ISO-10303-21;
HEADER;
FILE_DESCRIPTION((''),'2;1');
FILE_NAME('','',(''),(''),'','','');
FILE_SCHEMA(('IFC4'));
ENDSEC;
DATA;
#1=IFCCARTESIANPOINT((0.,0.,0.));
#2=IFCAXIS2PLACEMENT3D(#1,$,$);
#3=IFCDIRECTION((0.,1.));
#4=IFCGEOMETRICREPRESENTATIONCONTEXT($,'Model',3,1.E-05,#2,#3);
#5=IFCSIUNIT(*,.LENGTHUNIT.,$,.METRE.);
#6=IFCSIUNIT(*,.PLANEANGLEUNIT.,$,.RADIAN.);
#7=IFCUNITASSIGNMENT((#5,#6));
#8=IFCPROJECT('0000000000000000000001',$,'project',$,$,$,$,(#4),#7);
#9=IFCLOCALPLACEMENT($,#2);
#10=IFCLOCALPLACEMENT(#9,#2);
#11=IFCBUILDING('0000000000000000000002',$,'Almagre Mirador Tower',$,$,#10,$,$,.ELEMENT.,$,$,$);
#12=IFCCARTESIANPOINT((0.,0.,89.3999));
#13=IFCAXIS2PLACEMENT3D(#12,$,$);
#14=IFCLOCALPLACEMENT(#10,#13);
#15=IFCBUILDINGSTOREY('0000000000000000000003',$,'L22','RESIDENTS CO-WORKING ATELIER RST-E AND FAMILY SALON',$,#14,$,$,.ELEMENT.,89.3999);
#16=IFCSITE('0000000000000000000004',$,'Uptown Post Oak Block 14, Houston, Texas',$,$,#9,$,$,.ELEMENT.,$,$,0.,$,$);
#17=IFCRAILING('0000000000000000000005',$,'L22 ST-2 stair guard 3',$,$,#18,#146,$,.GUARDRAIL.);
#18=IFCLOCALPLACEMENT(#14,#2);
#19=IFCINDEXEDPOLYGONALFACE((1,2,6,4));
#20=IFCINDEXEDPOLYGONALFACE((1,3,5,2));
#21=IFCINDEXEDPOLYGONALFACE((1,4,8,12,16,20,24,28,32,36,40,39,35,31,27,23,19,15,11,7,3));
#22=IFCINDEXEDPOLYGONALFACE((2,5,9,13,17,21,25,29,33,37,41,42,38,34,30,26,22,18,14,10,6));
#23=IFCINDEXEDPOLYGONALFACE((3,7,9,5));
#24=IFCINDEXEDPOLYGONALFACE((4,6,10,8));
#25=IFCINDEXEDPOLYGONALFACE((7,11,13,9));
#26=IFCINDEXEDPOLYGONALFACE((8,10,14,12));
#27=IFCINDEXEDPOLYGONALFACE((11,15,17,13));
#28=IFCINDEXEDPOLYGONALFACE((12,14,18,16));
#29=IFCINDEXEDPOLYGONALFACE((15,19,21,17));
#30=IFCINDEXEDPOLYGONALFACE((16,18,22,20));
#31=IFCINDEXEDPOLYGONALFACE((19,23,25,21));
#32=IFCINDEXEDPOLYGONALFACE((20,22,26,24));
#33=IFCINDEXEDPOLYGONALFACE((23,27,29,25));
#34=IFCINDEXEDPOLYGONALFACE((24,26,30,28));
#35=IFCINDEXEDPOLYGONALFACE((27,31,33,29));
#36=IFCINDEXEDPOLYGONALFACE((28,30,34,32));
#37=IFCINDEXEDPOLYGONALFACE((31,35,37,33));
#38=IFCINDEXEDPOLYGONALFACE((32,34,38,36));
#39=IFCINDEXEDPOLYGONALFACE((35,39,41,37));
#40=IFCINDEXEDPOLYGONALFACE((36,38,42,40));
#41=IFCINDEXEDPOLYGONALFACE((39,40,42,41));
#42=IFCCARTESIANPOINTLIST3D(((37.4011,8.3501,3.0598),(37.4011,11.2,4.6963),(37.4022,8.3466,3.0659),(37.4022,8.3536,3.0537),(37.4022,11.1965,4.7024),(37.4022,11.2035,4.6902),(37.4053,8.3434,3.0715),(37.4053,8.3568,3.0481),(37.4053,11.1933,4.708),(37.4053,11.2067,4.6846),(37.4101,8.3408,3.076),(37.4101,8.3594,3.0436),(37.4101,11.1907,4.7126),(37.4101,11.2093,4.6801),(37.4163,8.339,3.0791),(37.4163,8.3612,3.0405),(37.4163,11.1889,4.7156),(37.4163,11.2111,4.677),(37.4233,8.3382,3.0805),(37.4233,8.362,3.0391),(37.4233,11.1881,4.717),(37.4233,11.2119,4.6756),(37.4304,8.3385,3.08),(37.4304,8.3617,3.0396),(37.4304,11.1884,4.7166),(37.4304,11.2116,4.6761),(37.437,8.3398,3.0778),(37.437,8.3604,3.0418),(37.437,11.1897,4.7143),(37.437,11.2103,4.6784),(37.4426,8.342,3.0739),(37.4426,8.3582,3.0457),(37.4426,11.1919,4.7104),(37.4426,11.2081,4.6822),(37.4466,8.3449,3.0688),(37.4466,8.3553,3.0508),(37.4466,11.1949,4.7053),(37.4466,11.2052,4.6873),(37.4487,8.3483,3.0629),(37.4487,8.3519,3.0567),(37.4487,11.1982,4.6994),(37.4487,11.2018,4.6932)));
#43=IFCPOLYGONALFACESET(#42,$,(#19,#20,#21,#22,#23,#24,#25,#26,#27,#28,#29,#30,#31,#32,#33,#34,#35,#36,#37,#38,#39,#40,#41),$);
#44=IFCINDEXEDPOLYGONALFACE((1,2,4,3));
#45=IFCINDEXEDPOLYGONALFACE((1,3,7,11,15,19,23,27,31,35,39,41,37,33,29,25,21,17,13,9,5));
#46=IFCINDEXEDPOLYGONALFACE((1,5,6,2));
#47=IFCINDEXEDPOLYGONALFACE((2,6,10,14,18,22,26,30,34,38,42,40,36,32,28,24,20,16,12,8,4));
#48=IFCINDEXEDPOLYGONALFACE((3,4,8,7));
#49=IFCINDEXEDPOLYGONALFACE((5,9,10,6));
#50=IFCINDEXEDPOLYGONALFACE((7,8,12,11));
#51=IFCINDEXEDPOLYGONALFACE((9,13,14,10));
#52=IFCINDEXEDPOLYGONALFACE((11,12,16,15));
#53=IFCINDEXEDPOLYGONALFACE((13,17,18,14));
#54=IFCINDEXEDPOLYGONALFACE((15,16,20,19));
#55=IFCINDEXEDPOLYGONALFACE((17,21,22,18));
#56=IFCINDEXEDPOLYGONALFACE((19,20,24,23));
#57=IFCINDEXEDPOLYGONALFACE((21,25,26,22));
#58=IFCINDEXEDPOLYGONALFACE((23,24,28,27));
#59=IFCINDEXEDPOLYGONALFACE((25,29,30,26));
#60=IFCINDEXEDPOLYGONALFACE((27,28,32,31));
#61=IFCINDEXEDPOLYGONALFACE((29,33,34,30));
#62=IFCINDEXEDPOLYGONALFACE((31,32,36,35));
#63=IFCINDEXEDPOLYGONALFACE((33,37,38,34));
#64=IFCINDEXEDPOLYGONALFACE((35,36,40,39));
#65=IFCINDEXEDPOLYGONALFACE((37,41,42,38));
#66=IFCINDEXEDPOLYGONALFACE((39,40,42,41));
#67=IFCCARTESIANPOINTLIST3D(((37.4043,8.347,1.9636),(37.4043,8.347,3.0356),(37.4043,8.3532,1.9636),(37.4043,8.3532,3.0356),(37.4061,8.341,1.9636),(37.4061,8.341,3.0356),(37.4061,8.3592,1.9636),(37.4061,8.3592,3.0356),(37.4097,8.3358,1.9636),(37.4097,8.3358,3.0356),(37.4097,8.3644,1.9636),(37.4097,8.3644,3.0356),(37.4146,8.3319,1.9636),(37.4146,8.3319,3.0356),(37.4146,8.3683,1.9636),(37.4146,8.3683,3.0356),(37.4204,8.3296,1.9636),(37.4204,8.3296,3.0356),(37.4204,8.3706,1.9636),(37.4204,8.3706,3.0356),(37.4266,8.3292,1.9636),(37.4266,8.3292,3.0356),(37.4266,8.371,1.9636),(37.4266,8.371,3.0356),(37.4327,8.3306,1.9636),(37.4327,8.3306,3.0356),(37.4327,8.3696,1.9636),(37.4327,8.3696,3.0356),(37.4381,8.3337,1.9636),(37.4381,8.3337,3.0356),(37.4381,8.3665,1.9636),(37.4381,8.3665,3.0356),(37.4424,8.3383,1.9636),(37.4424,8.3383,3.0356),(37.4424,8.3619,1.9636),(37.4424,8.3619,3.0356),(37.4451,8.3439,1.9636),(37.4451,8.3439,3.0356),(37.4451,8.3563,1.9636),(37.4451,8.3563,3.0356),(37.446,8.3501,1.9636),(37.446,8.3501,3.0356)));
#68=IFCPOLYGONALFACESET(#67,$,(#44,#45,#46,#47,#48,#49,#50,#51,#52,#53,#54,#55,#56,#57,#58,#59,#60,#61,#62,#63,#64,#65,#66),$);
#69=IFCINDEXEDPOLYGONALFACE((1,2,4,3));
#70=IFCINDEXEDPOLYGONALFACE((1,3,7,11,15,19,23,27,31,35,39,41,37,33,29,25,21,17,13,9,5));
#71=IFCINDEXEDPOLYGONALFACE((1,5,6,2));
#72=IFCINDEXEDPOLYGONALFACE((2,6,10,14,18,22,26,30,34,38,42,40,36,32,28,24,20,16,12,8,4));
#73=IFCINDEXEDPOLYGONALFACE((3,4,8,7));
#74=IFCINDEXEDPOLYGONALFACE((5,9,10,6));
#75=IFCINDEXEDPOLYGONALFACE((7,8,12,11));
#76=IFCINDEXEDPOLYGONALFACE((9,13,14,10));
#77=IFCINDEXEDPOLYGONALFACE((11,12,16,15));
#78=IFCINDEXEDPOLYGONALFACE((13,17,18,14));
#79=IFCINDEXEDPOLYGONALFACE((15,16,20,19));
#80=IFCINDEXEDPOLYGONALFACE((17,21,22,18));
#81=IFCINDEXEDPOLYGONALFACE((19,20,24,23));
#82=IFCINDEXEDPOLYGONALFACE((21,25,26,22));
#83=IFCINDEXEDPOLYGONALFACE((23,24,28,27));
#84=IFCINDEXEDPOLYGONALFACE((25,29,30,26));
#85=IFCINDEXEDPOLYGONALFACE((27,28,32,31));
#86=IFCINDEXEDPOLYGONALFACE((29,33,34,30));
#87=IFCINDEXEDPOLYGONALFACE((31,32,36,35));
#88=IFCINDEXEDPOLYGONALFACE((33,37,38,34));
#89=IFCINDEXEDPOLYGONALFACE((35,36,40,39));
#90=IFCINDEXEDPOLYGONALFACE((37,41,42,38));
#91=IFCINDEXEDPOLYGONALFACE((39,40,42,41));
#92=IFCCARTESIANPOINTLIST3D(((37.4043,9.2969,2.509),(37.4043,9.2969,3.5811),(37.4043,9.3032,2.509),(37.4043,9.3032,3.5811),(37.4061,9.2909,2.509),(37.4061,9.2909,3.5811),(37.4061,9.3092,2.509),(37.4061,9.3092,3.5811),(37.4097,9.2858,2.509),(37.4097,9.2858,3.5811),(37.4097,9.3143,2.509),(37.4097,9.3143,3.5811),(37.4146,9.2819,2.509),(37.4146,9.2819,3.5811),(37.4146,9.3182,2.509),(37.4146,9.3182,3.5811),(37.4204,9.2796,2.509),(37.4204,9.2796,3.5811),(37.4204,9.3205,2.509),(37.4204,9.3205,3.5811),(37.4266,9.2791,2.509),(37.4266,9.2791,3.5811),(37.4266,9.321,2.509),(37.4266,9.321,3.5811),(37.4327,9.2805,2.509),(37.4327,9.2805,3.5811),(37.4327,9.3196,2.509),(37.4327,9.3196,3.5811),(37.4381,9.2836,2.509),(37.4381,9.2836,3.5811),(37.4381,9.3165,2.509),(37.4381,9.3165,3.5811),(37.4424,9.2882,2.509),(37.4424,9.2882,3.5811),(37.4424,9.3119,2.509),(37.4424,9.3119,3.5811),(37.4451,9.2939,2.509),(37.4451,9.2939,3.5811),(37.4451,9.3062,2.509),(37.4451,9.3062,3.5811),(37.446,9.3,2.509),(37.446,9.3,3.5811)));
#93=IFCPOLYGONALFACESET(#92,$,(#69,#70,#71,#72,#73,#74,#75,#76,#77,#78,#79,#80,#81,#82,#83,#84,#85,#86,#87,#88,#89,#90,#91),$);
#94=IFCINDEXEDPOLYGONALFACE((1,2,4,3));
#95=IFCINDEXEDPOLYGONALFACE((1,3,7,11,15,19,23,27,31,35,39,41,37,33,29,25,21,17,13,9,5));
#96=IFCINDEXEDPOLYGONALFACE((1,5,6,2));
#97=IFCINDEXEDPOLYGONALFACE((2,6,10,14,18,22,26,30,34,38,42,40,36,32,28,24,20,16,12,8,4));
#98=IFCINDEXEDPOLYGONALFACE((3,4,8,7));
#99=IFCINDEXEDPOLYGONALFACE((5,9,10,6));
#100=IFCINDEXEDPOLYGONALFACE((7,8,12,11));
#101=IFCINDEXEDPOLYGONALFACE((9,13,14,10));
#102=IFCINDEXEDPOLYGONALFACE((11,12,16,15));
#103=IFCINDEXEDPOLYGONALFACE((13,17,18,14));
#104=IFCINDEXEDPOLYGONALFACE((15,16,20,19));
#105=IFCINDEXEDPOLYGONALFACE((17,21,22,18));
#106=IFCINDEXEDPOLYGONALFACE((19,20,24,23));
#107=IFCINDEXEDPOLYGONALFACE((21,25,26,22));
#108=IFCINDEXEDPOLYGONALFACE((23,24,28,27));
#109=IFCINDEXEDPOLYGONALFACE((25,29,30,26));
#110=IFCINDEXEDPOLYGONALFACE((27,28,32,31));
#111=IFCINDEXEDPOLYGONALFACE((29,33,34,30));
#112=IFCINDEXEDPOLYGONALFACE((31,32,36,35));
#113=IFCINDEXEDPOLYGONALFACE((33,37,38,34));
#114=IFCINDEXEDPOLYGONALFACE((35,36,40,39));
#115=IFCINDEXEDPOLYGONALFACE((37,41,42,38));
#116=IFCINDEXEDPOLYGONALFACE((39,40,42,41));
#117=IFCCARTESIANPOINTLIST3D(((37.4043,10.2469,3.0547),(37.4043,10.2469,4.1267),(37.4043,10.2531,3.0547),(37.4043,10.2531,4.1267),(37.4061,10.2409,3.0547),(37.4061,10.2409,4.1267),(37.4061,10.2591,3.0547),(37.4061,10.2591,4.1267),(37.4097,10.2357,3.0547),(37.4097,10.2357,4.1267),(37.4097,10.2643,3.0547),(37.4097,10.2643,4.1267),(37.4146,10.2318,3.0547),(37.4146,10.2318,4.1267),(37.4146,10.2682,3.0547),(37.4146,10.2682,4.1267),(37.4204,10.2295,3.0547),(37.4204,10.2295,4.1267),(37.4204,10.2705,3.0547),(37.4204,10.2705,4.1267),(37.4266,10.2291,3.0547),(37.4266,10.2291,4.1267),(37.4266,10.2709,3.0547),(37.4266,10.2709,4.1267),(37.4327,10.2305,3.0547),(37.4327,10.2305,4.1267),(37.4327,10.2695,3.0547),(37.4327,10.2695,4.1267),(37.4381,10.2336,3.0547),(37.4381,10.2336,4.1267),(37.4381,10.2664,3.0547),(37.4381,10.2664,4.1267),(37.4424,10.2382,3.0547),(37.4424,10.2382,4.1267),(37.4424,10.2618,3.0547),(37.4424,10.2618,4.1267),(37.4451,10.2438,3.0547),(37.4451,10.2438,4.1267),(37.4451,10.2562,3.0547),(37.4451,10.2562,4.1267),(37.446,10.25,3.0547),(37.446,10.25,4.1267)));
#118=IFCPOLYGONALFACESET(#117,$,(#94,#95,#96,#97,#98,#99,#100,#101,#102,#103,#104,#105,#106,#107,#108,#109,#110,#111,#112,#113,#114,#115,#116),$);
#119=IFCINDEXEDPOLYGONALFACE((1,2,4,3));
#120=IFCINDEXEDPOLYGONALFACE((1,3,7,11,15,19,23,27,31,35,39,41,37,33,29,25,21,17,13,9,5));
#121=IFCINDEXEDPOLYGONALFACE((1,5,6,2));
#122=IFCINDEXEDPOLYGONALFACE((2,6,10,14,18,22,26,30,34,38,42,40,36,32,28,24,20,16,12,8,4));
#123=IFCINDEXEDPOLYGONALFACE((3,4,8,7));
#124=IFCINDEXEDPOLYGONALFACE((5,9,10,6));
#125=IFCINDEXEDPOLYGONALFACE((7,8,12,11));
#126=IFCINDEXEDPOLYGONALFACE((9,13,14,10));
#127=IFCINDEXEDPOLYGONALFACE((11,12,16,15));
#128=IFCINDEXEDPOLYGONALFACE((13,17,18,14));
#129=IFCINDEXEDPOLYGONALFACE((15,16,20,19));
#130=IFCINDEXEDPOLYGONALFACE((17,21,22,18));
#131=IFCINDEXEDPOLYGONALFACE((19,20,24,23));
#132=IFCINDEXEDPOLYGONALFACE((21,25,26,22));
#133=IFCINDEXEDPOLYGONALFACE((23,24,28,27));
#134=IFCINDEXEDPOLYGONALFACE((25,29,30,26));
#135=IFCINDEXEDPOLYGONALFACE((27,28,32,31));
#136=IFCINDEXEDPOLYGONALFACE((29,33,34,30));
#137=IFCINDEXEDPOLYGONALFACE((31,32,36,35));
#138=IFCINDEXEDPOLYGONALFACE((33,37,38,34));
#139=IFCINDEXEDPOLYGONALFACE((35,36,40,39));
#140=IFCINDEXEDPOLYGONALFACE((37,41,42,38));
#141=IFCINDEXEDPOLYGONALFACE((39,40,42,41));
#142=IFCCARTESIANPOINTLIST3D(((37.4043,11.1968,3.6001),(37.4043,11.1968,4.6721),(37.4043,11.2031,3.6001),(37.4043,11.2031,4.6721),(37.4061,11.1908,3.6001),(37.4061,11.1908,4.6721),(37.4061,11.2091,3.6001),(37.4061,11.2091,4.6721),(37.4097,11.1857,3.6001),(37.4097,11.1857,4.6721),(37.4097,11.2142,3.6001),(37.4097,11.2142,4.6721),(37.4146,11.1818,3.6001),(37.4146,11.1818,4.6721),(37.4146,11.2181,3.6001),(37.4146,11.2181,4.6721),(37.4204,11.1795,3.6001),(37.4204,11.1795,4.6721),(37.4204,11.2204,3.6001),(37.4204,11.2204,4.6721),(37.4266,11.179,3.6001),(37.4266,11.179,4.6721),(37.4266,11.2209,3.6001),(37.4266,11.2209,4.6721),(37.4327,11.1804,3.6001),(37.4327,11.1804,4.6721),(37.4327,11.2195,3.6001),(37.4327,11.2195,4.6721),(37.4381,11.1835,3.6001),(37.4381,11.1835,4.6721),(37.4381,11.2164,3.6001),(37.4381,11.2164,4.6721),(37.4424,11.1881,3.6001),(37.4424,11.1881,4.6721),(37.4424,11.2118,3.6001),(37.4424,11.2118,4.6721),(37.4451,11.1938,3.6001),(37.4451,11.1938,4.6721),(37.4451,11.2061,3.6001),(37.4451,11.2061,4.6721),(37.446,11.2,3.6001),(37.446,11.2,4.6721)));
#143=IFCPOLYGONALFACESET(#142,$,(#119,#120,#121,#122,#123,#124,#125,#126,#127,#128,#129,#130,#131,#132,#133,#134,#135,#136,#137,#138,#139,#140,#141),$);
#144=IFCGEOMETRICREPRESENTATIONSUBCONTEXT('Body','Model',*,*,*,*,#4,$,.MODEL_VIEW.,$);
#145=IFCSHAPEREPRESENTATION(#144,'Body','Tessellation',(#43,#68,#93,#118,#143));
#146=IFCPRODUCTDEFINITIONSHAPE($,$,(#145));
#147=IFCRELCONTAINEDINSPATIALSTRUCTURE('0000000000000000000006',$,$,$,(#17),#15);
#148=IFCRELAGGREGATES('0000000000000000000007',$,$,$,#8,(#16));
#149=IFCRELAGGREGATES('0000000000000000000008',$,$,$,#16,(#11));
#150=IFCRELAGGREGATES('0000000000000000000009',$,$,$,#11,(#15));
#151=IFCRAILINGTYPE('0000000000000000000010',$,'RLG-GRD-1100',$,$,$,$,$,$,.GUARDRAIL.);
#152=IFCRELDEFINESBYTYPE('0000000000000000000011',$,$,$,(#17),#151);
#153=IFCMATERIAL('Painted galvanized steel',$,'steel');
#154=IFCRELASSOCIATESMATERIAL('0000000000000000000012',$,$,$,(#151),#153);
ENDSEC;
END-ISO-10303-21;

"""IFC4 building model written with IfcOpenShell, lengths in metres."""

from ifc_helpers import new_model, si_unit, direction, frame, origin, origin_2d, place, context, subcontext, project, spatial, circle, extrude, material, type_object, element, save


model = new_model("IFC4")

# Units and contexts
model_context = context("Model", 3, precision=1e-05, world=origin(), true_north=direction((0.0, 1.0)))
body_context = subcontext(model_context, "Body", "Model", "MODEL_VIEW")
ifc_project = project(units=[si_unit("LENGTHUNIT", "METRE"), si_unit("PLANEANGLEUNIT", "RADIAN")], contexts=[model_context])

# Site, building, storey
site_placement = place(None, origin())
site = spatial("IfcSite", under=ifc_project, at=site_placement, Name="Uptown Post Oak Block 14, Houston, Texas", CompositionType="ELEMENT", RefElevation=0.0)
building_placement = place(site_placement, origin())
building = spatial("IfcBuilding", under=site, at=building_placement, Name="Almagre Mirador Tower", CompositionType="ELEMENT")
storey_placement = place(building_placement, frame((0.0, 0.0, 89.3999)))
storey = spatial("IfcBuildingStorey", under=building, at=storey_placement, Name="L22", Description="RESIDENTS CO-WORKING ATELIER RST-E AND FAMILY SALON", CompositionType="ELEMENT", Elevation=89.3999)

# Railing
ifc_material_1 = material(Name="Painted galvanized steel", Category="steel")
railing_type_1 = type_object("IfcRailingType", Name="RLG-GRD-1100", PredefinedType="GUARDRAIL", material=ifc_material_1)
railing_1_placement = place(storey_placement, frame((37.425, 8.3501, 1.9636)))
element("IfcRailing", 1, at=railing_1_placement, inside=storey, type_object=railing_type_1, Name="L22 ST-2 stair guard 3", PredefinedType="GUARDRAIL", context=body_context, shape_type="SweptSolid", body=[
    extrude(circle(Radius=0.0239, at=origin_2d()), frame((0.0, 0.0, 1.0962), z_axis=(0.0, 0.867194, 0.49797), x_axis=(-1.0, 0.0, 0.0)), (0.0, 0.0, 1.0), 3.2864),
    extrude(circle(Radius=0.021, at=origin_2d()), origin(), (0.0, 0.0, 1.0), 1.072),
    extrude(circle(Radius=0.021, at=origin_2d()), frame((0.0, 0.95, 0.5454)), (0.0, 0.0, 1.0), 1.072),
    extrude(circle(Radius=0.021, at=origin_2d()), frame((0.0, 1.8999, 1.0911)), (0.0, 0.0, 1.0), 1.072),
    extrude(circle(Radius=0.021, at=origin_2d()), frame((0.0, 2.8499, 1.6365)), (0.0, 0.0, 1.0), 1.072),
])

save(model, "model.ifc")
